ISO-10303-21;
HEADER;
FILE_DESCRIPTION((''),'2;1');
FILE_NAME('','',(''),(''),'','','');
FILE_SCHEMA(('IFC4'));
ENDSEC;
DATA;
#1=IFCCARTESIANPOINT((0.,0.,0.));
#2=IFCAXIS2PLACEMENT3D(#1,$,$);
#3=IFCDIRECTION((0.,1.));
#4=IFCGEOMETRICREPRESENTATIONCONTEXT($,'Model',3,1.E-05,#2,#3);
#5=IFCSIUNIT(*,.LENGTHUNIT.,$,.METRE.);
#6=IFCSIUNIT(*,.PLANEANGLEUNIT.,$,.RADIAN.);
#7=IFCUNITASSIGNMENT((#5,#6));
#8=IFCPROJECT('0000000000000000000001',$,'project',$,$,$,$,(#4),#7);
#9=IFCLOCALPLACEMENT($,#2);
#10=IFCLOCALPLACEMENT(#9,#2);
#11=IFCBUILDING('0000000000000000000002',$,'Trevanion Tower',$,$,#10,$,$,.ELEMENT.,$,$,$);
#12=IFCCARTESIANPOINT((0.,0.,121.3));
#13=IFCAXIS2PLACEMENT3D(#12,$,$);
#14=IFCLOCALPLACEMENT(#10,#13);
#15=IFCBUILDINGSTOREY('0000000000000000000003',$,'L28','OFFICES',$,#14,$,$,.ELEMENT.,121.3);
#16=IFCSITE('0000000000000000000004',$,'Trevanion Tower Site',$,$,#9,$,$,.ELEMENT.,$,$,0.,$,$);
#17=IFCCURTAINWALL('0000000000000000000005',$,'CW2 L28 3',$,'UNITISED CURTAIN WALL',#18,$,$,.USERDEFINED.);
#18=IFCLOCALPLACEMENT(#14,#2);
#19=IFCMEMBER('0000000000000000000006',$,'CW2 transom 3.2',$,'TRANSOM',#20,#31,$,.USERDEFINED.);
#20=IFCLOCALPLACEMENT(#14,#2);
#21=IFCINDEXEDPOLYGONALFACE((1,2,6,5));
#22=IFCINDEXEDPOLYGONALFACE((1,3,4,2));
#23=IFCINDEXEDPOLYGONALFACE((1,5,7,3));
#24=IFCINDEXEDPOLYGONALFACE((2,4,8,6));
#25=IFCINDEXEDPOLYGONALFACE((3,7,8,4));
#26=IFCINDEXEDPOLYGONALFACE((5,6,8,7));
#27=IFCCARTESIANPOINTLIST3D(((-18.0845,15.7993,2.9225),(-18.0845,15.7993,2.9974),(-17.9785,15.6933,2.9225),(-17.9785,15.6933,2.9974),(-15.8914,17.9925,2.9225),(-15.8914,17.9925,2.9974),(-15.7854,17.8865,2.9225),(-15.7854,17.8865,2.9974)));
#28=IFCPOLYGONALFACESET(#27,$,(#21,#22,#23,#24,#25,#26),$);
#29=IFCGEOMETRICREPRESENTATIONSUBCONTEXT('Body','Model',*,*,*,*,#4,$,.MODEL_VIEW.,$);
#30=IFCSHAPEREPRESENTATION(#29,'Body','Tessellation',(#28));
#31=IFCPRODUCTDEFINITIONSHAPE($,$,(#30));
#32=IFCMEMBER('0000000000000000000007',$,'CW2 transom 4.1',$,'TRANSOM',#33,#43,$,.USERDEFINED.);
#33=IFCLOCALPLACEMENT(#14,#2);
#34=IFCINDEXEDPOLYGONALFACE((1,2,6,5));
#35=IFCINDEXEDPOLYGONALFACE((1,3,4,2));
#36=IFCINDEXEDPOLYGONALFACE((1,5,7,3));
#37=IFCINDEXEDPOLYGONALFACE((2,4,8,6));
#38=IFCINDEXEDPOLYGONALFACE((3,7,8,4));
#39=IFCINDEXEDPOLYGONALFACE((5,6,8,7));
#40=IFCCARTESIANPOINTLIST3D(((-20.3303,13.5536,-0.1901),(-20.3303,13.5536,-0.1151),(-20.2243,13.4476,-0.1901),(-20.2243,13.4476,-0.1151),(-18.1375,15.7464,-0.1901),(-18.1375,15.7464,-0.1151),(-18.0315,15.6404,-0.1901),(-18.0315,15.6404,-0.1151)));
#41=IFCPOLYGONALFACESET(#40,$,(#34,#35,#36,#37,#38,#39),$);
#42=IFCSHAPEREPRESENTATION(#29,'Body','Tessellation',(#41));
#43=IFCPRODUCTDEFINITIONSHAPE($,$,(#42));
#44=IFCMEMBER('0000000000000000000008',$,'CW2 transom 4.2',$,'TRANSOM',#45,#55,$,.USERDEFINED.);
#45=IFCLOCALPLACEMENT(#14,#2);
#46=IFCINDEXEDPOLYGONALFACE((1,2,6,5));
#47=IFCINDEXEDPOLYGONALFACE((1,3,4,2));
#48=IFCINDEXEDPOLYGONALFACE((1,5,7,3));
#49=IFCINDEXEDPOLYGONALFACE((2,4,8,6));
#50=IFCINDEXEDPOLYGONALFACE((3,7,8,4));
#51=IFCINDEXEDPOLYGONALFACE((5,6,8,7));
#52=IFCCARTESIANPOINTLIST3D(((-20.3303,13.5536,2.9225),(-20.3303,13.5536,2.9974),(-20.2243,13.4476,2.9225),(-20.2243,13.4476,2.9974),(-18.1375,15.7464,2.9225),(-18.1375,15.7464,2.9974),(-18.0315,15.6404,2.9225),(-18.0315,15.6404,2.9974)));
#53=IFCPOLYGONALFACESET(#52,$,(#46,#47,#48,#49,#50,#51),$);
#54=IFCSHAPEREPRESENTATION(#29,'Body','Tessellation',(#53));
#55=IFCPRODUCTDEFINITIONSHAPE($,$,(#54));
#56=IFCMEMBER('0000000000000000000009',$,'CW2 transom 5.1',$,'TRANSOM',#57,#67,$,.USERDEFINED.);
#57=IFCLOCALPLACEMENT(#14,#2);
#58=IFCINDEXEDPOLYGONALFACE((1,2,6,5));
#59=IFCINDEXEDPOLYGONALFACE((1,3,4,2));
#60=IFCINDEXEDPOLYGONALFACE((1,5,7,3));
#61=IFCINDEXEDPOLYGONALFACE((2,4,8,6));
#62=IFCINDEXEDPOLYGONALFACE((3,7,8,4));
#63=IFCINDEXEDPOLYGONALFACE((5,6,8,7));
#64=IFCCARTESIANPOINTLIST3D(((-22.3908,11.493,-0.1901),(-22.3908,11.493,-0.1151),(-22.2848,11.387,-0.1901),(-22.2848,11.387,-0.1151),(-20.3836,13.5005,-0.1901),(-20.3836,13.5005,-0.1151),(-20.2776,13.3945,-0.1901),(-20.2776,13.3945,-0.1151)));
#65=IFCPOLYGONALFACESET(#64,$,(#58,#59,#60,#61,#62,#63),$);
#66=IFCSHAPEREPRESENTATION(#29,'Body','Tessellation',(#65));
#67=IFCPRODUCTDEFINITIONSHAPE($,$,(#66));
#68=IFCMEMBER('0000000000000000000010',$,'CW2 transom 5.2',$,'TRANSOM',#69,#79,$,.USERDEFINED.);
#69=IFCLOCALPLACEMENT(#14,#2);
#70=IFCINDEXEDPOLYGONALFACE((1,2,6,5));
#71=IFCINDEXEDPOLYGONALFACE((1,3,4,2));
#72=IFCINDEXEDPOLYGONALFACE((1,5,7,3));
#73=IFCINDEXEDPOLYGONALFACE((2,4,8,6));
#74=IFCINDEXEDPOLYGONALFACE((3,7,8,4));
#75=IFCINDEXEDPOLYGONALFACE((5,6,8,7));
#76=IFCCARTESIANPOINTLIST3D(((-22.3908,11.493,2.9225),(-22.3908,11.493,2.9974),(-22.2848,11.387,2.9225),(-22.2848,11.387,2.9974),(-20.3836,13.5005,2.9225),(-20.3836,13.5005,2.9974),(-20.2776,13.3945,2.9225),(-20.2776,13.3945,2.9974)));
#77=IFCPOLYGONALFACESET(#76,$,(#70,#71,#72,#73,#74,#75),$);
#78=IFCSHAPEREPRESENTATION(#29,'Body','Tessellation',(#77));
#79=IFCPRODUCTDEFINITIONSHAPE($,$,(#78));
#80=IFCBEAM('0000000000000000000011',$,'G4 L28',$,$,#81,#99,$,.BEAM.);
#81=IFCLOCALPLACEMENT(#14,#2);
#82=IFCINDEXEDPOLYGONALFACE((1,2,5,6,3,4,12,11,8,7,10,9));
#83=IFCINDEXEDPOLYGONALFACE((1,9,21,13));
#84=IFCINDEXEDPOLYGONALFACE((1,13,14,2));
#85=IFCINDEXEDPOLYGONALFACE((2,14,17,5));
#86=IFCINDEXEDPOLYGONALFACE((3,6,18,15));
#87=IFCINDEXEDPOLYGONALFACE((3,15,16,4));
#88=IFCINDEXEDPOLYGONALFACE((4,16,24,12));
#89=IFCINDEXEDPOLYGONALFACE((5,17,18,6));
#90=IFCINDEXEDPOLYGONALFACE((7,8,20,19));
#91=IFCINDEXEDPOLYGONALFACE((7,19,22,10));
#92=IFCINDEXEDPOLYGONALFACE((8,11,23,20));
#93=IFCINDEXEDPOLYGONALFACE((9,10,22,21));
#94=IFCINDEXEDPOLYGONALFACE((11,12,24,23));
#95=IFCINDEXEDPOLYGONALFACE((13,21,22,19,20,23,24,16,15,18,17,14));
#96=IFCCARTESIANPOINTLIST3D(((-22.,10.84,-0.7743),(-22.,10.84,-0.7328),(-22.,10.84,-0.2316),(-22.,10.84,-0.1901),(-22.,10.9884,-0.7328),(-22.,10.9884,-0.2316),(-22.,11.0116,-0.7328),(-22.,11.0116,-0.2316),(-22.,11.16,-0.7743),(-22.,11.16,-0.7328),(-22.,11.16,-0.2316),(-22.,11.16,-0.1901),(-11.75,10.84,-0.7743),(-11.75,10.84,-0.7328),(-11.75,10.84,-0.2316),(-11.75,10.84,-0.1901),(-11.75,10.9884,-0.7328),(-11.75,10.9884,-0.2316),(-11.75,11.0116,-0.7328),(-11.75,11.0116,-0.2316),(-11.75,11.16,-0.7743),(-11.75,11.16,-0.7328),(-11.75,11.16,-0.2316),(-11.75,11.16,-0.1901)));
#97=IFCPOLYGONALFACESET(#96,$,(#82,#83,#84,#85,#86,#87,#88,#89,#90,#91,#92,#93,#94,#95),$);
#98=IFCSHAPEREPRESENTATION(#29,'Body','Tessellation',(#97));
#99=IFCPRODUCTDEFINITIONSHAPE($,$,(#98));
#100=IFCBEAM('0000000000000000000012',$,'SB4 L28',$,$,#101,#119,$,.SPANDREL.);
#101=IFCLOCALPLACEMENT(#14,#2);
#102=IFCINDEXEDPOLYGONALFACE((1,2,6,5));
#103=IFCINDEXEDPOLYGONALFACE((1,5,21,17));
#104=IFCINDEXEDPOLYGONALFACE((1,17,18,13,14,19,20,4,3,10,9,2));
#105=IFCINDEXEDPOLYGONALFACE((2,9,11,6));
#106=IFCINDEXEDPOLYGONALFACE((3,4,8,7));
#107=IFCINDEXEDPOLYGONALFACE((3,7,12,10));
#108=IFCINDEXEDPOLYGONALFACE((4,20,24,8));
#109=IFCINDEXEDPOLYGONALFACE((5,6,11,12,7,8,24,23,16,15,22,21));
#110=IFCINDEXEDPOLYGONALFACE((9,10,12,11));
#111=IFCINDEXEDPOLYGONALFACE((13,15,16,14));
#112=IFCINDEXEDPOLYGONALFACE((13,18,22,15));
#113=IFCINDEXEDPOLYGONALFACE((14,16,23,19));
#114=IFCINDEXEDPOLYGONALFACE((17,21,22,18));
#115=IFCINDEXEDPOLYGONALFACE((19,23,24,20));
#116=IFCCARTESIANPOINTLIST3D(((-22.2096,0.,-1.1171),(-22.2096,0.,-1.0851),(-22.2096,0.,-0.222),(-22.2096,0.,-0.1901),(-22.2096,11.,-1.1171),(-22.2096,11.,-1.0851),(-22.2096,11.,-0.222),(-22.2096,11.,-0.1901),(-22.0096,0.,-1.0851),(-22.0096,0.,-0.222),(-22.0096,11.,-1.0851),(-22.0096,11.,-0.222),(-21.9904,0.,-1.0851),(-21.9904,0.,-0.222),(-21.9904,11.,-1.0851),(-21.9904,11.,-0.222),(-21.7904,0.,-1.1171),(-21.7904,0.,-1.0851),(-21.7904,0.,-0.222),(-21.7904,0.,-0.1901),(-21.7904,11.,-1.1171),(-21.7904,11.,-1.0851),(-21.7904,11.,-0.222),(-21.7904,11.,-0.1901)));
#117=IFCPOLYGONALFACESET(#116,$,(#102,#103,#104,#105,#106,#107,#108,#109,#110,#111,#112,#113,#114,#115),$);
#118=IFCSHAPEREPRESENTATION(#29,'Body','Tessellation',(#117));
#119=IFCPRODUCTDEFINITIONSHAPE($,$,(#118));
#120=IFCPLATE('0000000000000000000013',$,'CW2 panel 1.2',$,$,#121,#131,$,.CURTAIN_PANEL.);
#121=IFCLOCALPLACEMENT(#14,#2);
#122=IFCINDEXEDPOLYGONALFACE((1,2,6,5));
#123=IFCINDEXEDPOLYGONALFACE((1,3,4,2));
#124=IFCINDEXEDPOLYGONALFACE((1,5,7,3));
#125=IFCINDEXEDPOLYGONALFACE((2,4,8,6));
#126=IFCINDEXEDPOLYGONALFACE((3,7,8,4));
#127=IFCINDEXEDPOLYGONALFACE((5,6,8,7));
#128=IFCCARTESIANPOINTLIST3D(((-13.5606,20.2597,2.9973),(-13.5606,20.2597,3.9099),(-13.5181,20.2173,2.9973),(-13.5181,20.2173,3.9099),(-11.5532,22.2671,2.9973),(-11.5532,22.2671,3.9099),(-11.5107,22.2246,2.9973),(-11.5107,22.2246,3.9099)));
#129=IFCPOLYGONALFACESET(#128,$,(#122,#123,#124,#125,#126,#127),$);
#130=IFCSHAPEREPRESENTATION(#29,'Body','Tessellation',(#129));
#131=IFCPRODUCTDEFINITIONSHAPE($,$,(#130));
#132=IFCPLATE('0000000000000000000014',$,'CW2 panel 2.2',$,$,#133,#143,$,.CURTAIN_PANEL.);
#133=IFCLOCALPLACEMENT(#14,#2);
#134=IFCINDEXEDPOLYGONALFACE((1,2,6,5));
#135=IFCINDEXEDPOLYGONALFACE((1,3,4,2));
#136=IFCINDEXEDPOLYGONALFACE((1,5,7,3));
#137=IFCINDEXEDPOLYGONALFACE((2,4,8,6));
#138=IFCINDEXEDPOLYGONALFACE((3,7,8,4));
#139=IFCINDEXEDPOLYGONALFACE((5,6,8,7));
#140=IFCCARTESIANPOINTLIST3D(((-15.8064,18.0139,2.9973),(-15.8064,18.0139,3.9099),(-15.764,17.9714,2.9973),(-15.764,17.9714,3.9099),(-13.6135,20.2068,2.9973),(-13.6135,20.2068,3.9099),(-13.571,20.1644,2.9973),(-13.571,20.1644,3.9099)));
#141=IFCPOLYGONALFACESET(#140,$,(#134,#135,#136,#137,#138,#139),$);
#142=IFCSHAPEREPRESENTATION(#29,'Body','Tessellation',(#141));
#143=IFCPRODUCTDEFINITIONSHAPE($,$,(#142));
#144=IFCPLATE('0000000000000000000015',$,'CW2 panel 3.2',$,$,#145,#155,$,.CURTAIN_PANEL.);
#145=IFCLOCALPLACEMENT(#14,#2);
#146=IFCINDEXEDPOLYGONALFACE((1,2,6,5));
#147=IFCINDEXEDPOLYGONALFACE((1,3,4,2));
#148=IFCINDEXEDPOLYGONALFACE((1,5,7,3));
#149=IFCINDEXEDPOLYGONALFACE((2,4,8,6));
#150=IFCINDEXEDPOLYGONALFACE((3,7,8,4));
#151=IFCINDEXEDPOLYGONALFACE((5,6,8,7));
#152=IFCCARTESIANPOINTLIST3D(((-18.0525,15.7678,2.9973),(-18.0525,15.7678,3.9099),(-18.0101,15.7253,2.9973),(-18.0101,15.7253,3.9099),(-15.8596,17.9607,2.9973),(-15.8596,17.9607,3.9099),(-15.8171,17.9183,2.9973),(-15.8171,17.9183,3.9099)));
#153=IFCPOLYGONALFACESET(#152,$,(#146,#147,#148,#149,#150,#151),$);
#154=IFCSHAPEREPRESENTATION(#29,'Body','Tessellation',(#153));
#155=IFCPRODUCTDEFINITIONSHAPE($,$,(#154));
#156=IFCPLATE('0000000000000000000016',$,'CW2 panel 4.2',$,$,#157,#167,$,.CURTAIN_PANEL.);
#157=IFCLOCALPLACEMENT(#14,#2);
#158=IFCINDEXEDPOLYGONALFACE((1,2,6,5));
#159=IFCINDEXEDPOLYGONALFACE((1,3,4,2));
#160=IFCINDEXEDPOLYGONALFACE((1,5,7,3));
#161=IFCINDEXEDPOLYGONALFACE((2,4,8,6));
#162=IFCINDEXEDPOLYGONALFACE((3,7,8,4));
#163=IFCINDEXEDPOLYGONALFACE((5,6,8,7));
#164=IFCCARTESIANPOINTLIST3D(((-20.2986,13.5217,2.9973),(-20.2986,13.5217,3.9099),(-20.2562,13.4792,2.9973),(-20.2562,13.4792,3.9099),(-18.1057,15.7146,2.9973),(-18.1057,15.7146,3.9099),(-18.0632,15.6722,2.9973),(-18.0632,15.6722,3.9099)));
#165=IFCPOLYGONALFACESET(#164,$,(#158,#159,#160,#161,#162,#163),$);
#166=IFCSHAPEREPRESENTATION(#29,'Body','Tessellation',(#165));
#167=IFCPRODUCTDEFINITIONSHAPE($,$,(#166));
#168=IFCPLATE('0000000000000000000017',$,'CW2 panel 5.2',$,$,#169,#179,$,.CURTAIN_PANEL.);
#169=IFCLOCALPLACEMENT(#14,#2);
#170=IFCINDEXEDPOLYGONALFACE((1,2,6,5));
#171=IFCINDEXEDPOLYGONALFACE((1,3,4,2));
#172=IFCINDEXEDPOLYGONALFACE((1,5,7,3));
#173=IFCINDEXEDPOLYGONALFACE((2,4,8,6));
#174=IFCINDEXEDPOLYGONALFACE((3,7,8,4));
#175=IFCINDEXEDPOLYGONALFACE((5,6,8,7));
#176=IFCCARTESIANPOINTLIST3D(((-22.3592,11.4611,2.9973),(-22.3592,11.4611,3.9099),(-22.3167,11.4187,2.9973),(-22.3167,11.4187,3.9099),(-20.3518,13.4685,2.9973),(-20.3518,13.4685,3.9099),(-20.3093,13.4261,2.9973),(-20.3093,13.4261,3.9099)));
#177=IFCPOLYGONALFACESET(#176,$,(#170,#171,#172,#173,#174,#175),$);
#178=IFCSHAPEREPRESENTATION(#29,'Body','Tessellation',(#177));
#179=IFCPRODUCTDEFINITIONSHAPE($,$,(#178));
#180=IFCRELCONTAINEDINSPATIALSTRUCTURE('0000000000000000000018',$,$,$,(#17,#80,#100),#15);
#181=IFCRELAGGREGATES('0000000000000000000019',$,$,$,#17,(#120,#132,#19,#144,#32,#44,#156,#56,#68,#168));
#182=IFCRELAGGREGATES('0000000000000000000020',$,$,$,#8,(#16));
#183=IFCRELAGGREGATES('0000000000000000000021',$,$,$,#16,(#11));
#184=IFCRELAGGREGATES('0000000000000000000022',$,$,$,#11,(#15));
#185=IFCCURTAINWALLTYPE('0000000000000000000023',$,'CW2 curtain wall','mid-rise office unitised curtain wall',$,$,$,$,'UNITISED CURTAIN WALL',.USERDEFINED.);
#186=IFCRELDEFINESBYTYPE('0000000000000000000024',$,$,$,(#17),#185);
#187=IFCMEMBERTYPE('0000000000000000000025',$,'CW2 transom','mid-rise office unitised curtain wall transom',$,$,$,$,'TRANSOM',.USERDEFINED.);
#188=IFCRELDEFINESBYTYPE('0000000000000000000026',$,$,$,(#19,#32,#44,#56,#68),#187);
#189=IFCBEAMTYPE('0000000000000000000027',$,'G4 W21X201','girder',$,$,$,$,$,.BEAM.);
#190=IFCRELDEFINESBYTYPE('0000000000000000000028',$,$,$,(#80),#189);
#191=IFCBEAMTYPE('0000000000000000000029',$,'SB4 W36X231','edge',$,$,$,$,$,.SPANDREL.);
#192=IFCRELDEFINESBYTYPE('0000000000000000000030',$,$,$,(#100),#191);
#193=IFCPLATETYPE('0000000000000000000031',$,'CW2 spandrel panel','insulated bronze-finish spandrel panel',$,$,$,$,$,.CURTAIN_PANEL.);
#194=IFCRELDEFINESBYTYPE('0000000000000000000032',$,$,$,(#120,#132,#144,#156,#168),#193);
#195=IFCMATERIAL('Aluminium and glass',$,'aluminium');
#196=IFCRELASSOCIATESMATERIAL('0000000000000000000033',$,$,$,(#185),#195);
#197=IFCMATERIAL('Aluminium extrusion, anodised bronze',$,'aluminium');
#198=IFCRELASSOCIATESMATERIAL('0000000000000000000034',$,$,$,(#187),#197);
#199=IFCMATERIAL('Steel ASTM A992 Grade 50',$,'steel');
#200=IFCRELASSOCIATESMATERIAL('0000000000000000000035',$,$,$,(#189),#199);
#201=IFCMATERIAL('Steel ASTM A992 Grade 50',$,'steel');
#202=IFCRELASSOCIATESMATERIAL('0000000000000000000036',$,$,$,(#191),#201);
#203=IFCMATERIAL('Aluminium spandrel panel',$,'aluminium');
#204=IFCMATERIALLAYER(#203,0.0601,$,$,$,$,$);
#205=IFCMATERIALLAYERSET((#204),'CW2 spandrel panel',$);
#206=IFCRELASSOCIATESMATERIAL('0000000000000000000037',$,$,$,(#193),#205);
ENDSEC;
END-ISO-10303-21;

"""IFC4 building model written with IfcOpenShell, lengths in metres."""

from ifc_helpers import new_model, si_unit, direction, frame, origin, origin_2d, place, context, subcontext, project, spatial, rectangle, i_section, extrude, material, layer, layer_set, material_profile, profile_set, type_object, element, aggregate, save


model = new_model("IFC4")

# Units and contexts
model_context = context("Model", 3, precision=1e-05, world=origin(), true_north=direction((0.0, 1.0)))
body_context = subcontext(model_context, "Body", "Model", "MODEL_VIEW")
ifc_project = project(units=[si_unit("LENGTHUNIT", "METRE"), si_unit("PLANEANGLEUNIT", "RADIAN")], contexts=[model_context])

# Site, building, storey
site_placement = place(None, origin())
site = spatial("IfcSite", under=ifc_project, at=site_placement, Name="Trevanion Tower Site", CompositionType="ELEMENT", RefElevation=0.0)
building_placement = place(site_placement, origin())
building = spatial("IfcBuilding", under=site, at=building_placement, Name="Trevanion Tower", CompositionType="ELEMENT")
storey_placement = place(building_placement, frame((0.0, 0.0, 121.3)))
storey = spatial("IfcBuildingStorey", under=building, at=storey_placement, Name="L28", Description="OFFICES", CompositionType="ELEMENT", Elevation=121.3)

# Curtain wall, members
ifc_material_1 = material(Name="Aluminium and glass", Category="aluminium")
curtain_wall_type = type_object("IfcCurtainWallType", Name="CW2 curtain wall", Description="mid-rise office unitised curtain wall", ElementType="UNITISED CURTAIN WALL", PredefinedType="USERDEFINED", material=ifc_material_1)
curtain_wall_placement = place(storey_placement, origin())
curtain_wall = element("IfcCurtainWall", 1, at=curtain_wall_placement, inside=storey, type_object=curtain_wall_type, Name="CW2 L28 3", ObjectType="UNITISED CURTAIN WALL", PredefinedType="USERDEFINED")
ifc_material_2 = material(Name="Aluminium extrusion, anodised bronze", Category="aluminium")
ifc_material_profile_1 = material_profile(ifc_material_2, rectangle(XDim=0.1499, YDim=0.075, at=origin_2d()), Name="CW2 transom")
ifc_profile_set_1 = profile_set([ifc_material_profile_1], Name="Aluminium extrusion, anodised bronze")
member_type_1 = type_object("IfcMemberType", Name="CW2 transom", Description="mid-rise office unitised curtain wall transom", ElementType="TRANSOM", PredefinedType="USERDEFINED", material=ifc_profile_set_1)
member_1_placement = place(storey_placement, frame((-15.8384, 17.9395, 2.96), z_axis=(-0.707107, -0.707107, 0.0), x_axis=(0.707107, -0.707107, 0.0)))
member_1 = element("IfcMember", 2, at=member_1_placement, type_object=member_type_1, Name="CW2 transom 3.2", ObjectType="TRANSOM", PredefinedType="USERDEFINED", context=body_context, shape_type="SweptSolid", body=[
    extrude(rectangle(XDim=0.1499, YDim=0.075, at=origin_2d()), origin(), (0.0, 0.0, 1.0), 3.1016),
])
member_2_placement = place(storey_placement, frame((-18.0845, 15.6934, -0.1526), z_axis=(-0.707107, -0.707107, 0.0), x_axis=(0.707107, -0.707107, 0.0)))
member_2 = element("IfcMember", 3, at=member_2_placement, type_object=member_type_1, Name="CW2 transom 4.1", ObjectType="TRANSOM", PredefinedType="USERDEFINED", context=body_context, shape_type="SweptSolid", body=[
    extrude(rectangle(XDim=0.1499, YDim=0.075, at=origin_2d()), origin(), (0.0, 0.0, 1.0), 3.1011),
])
member_3_placement = place(storey_placement, frame((-18.0845, 15.6934, 2.96), z_axis=(-0.707107, -0.707107, 0.0), x_axis=(0.707107, -0.707107, 0.0)))
member_3 = element("IfcMember", 4, at=member_3_placement, type_object=member_type_1, Name="CW2 transom 4.2", ObjectType="TRANSOM", PredefinedType="USERDEFINED", context=body_context, shape_type="SweptSolid", body=[
    extrude(rectangle(XDim=0.1499, YDim=0.075, at=origin_2d()), origin(), (0.0, 0.0, 1.0), 3.1011),
])
member_4_placement = place(storey_placement, frame((-20.3306, 13.4475, -0.1526), z_axis=(-0.707064, -0.70715, 0.0), x_axis=(0.70715, -0.707064, 0.0)))
member_4 = element("IfcMember", 5, at=member_4_placement, type_object=member_type_1, Name="CW2 transom 5.1", ObjectType="TRANSOM", PredefinedType="USERDEFINED", context=body_context, shape_type="SweptSolid", body=[
    extrude(rectangle(XDim=0.1499, YDim=0.075, at=origin_2d()), origin(), (0.0, 0.0, 1.0), 2.8389),
])
member_5_placement = place(storey_placement, frame((-20.3306, 13.4475, 2.96), z_axis=(-0.707064, -0.70715, 0.0), x_axis=(0.70715, -0.707064, 0.0)))
member_5 = element("IfcMember", 6, at=member_5_placement, type_object=member_type_1, Name="CW2 transom 5.2", ObjectType="TRANSOM", PredefinedType="USERDEFINED", context=body_context, shape_type="SweptSolid", body=[
    extrude(rectangle(XDim=0.1499, YDim=0.075, at=origin_2d()), origin(), (0.0, 0.0, 1.0), 2.8389),
])

# Beams
ifc_material_3 = material(Name="Steel ASTM A992 Grade 50", Category="steel")
ifc_material_profile_2 = material_profile(ifc_material_3, i_section(OverallWidth=0.3201, OverallDepth=0.5842, WebThickness=0.0232, FlangeThickness=0.0415, at=origin_2d()), Name="W21X201")
ifc_profile_set_2 = profile_set([ifc_material_profile_2], Name="Steel ASTM A992 Grade 50")
beam_type_1 = type_object("IfcBeamType", Name="G4 W21X201", Description="girder", PredefinedType="BEAM", material=ifc_profile_set_2)
beam_1_placement = place(storey_placement, frame((-11.75, 11.0, -0.4822), z_axis=(-1.0, 0.0, 0.0), x_axis=(0.0, -1.0, 0.0)))
element("IfcBeam", 7, at=beam_1_placement, inside=storey, type_object=beam_type_1, Name="G4 L28", PredefinedType="BEAM", context=body_context, shape_type="SweptSolid", body=[
    extrude(i_section(OverallWidth=0.3201, OverallDepth=0.5842, WebThickness=0.0232, FlangeThickness=0.0415, at=origin_2d()), origin(), (0.0, 0.0, 1.0), 10.25),
])
ifc_material_4 = material(Name="Steel ASTM A992 Grade 50", Category="steel")
ifc_material_profile_3 = material_profile(ifc_material_4, i_section(OverallWidth=0.4192, OverallDepth=0.927, WebThickness=0.0193, FlangeThickness=0.032, at=origin_2d()), Name="W36X231")
ifc_profile_set_3 = profile_set([ifc_material_profile_3], Name="Steel ASTM A992 Grade 50")
beam_type_2 = type_object("IfcBeamType", Name="SB4 W36X231", Description="edge", PredefinedType="SPANDREL", material=ifc_profile_set_3)
beam_2_placement = place(storey_placement, frame((-22.0, 11.0, -0.6536), z_axis=(0.0, -1.0, 0.0), x_axis=(1.0, 0.0, 0.0)))
element("IfcBeam", 8, at=beam_2_placement, inside=storey, type_object=beam_type_2, Name="SB4 L28", PredefinedType="SPANDREL", context=body_context, shape_type="SweptSolid", body=[
    extrude(i_section(OverallWidth=0.4192, OverallDepth=0.927, WebThickness=0.0193, FlangeThickness=0.032, at=origin_2d()), origin(), (0.0, 0.0, 1.0), 11.0),
])

# Plates
ifc_material_5 = material(Name="Aluminium spandrel panel", Category="aluminium")
ifc_layer_1 = layer(ifc_material_5, 0.0601)
ifc_layer_set_1 = layer_set([ifc_layer_1], Name="CW2 spandrel panel")
plate_type_1 = type_object("IfcPlateType", Name="CW2 spandrel panel", Description="insulated bronze-finish spandrel panel", PredefinedType="CURTAIN_PANEL", material=ifc_layer_set_1)
plate_1_placement = place(storey_placement, frame((-12.5356, 21.2422, 2.9973), z_axis=(0.0, 0.0, 1.0), x_axis=(-0.707107, -0.707107, 0.0)))
plate_1 = element("IfcPlate", 9, at=plate_1_placement, type_object=plate_type_1, Name="CW2 panel 1.2", PredefinedType="CURTAIN_PANEL", context=body_context, shape_type="SweptSolid", body=[
    extrude(rectangle(XDim=2.8389, YDim=0.0601, at=origin_2d()), origin(), (0.0, 0.0, 1.0), 0.9126),
])
plate_2_placement = place(storey_placement, frame((-14.6887, 19.0891, 2.9973), z_axis=(0.0, 0.0, 1.0), x_axis=(-0.707107, -0.707107, 0.0)))
plate_2 = element("IfcPlate", 10, at=plate_2_placement, type_object=plate_type_1, Name="CW2 panel 2.2", PredefinedType="CURTAIN_PANEL", context=body_context, shape_type="SweptSolid", body=[
    extrude(rectangle(XDim=3.1013, YDim=0.0601, at=origin_2d()), origin(), (0.0, 0.0, 1.0), 0.9126),
])
plate_3_placement = place(storey_placement, frame((-16.9348, 16.843, 2.9973), z_axis=(0.0, 0.0, 1.0), x_axis=(-0.707107, -0.707107, 0.0)))
plate_3 = element("IfcPlate", 11, at=plate_3_placement, type_object=plate_type_1, Name="CW2 panel 3.2", PredefinedType="CURTAIN_PANEL", context=body_context, shape_type="SweptSolid", body=[
    extrude(rectangle(XDim=3.1013, YDim=0.0601, at=origin_2d()), origin(), (0.0, 0.0, 1.0), 0.9126),
])
plate_4_placement = place(storey_placement, frame((-19.1809, 14.5969, 2.9973), z_axis=(0.0, 0.0, 1.0), x_axis=(-0.707107, -0.707107, 0.0)))
plate_4 = element("IfcPlate", 12, at=plate_4_placement, type_object=plate_type_1, Name="CW2 panel 4.2", PredefinedType="CURTAIN_PANEL", context=body_context, shape_type="SweptSolid", body=[
    extrude(rectangle(XDim=3.1013, YDim=0.0601, at=origin_2d()), origin(), (0.0, 0.0, 1.0), 0.9126),
])
plate_5_placement = place(storey_placement, frame((-21.3342, 12.4436, 2.9973), z_axis=(0.0, 0.0, 1.0), x_axis=(-0.707107, -0.707107, 0.0)))
plate_5 = element("IfcPlate", 13, at=plate_5_placement, type_object=plate_type_1, Name="CW2 panel 5.2", PredefinedType="CURTAIN_PANEL", context=body_context, shape_type="SweptSolid", body=[
    extrude(rectangle(XDim=2.8389, YDim=0.0601, at=origin_2d()), origin(), (0.0, 0.0, 1.0), 0.9126),
])
aggregate(curtain_wall, [plate_1, plate_2, member_1, plate_3, member_2, member_3, plate_4, member_4, member_5, plate_5])

save(model, "model.ifc")
